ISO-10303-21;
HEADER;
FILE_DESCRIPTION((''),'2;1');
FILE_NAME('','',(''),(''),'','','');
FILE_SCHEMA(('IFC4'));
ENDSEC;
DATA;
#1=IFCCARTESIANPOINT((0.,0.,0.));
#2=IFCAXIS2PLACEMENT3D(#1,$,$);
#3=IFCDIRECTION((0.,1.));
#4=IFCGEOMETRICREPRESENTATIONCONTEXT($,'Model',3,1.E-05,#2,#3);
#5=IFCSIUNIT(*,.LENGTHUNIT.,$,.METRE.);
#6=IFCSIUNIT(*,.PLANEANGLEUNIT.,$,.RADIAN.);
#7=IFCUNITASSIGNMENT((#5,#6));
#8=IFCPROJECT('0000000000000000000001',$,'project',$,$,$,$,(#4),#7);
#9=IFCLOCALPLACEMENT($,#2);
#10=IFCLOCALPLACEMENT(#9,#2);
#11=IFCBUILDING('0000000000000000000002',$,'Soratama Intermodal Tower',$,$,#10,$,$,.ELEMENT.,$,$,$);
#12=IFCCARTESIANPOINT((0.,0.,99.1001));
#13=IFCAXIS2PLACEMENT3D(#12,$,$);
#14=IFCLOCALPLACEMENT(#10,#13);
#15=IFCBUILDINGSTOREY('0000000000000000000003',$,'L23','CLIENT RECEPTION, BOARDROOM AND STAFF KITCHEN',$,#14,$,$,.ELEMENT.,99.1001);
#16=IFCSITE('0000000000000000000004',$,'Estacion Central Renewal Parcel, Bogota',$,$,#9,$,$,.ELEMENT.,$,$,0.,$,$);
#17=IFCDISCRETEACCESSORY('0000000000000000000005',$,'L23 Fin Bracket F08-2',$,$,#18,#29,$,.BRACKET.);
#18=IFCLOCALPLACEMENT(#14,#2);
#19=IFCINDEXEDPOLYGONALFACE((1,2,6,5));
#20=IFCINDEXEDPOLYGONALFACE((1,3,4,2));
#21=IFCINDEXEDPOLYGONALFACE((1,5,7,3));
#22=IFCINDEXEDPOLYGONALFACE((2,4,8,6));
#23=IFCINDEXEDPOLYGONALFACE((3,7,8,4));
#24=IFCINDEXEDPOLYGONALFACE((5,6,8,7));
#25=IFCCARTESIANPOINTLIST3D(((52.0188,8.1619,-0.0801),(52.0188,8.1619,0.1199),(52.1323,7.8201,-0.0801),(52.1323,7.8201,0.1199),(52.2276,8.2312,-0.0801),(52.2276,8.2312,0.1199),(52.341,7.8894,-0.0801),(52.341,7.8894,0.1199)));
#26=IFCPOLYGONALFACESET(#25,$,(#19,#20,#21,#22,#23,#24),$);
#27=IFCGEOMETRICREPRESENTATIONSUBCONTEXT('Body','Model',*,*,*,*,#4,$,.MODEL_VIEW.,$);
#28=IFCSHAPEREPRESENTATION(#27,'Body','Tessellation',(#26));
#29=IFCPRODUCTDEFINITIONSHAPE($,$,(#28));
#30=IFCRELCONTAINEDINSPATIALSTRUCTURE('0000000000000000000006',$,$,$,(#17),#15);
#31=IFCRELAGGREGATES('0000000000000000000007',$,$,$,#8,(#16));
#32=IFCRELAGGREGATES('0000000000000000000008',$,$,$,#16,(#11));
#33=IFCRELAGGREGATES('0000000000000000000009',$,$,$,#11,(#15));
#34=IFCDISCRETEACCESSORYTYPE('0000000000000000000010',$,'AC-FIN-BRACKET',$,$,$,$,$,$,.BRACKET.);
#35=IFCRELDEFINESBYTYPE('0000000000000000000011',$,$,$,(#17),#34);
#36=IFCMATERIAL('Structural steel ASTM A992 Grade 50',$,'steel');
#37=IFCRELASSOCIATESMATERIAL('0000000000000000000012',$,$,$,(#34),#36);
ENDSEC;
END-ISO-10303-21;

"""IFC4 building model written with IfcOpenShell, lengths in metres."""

from ifc_helpers import new_model, si_unit, direction, frame, origin, origin_2d, place, context, subcontext, project, spatial, rectangle, extrude, material, type_object, element, save


model = new_model("IFC4")

# Units and contexts
model_context = context("Model", 3, precision=1e-05, world=origin(), true_north=direction((0.0, 1.0)))
body_context = subcontext(model_context, "Body", "Model", "MODEL_VIEW")
ifc_project = project(units=[si_unit("LENGTHUNIT", "METRE"), si_unit("PLANEANGLEUNIT", "RADIAN")], contexts=[model_context])

# Site, building, storey
site_placement = place(None, origin())
site = spatial("IfcSite", under=ifc_project, at=site_placement, Name="Estacion Central Renewal Parcel, Bogota", CompositionType="ELEMENT", RefElevation=0.0)
building_placement = place(site_placement, origin())
building = spatial("IfcBuilding", under=site, at=building_placement, Name="Soratama Intermodal Tower", CompositionType="ELEMENT")
storey_placement = place(building_placement, frame((0.0, 0.0, 99.1001)))
storey = spatial("IfcBuildingStorey", under=building, at=storey_placement, Name="L23", Description="CLIENT RECEPTION, BOARDROOM AND STAFF KITCHEN", CompositionType="ELEMENT", Elevation=99.1001)

# Discrete accessory
ifc_material_1 = material(Name="Structural steel ASTM A992 Grade 50", Category="steel")
discrete_accessory_type = type_object("IfcDiscreteAccessoryType", Name="AC-FIN-BRACKET", PredefinedType="BRACKET", material=ifc_material_1)
for number, where, z_axis, x_axis, name in (
    (1, (52.1799, 8.0256, -0.0801), (0.0, 0.0, 1.0), (0.314987, -0.949096, 0.0), "L23 Fin Bracket F08-2"),
):
    element("IfcDiscreteAccessory", number, at=place(storey_placement, frame(where, z_axis=z_axis, x_axis=x_axis)), inside=storey, type_object=discrete_accessory_type, Name=name, PredefinedType="BRACKET", context=body_context, shape_type="SweptSolid", body=[
        extrude(rectangle(XDim=0.3601, YDim=0.22, at=origin_2d()), origin(), (0.0, 0.0, 1.0), 0.2),
    ])

save(model, "model.ifc")
